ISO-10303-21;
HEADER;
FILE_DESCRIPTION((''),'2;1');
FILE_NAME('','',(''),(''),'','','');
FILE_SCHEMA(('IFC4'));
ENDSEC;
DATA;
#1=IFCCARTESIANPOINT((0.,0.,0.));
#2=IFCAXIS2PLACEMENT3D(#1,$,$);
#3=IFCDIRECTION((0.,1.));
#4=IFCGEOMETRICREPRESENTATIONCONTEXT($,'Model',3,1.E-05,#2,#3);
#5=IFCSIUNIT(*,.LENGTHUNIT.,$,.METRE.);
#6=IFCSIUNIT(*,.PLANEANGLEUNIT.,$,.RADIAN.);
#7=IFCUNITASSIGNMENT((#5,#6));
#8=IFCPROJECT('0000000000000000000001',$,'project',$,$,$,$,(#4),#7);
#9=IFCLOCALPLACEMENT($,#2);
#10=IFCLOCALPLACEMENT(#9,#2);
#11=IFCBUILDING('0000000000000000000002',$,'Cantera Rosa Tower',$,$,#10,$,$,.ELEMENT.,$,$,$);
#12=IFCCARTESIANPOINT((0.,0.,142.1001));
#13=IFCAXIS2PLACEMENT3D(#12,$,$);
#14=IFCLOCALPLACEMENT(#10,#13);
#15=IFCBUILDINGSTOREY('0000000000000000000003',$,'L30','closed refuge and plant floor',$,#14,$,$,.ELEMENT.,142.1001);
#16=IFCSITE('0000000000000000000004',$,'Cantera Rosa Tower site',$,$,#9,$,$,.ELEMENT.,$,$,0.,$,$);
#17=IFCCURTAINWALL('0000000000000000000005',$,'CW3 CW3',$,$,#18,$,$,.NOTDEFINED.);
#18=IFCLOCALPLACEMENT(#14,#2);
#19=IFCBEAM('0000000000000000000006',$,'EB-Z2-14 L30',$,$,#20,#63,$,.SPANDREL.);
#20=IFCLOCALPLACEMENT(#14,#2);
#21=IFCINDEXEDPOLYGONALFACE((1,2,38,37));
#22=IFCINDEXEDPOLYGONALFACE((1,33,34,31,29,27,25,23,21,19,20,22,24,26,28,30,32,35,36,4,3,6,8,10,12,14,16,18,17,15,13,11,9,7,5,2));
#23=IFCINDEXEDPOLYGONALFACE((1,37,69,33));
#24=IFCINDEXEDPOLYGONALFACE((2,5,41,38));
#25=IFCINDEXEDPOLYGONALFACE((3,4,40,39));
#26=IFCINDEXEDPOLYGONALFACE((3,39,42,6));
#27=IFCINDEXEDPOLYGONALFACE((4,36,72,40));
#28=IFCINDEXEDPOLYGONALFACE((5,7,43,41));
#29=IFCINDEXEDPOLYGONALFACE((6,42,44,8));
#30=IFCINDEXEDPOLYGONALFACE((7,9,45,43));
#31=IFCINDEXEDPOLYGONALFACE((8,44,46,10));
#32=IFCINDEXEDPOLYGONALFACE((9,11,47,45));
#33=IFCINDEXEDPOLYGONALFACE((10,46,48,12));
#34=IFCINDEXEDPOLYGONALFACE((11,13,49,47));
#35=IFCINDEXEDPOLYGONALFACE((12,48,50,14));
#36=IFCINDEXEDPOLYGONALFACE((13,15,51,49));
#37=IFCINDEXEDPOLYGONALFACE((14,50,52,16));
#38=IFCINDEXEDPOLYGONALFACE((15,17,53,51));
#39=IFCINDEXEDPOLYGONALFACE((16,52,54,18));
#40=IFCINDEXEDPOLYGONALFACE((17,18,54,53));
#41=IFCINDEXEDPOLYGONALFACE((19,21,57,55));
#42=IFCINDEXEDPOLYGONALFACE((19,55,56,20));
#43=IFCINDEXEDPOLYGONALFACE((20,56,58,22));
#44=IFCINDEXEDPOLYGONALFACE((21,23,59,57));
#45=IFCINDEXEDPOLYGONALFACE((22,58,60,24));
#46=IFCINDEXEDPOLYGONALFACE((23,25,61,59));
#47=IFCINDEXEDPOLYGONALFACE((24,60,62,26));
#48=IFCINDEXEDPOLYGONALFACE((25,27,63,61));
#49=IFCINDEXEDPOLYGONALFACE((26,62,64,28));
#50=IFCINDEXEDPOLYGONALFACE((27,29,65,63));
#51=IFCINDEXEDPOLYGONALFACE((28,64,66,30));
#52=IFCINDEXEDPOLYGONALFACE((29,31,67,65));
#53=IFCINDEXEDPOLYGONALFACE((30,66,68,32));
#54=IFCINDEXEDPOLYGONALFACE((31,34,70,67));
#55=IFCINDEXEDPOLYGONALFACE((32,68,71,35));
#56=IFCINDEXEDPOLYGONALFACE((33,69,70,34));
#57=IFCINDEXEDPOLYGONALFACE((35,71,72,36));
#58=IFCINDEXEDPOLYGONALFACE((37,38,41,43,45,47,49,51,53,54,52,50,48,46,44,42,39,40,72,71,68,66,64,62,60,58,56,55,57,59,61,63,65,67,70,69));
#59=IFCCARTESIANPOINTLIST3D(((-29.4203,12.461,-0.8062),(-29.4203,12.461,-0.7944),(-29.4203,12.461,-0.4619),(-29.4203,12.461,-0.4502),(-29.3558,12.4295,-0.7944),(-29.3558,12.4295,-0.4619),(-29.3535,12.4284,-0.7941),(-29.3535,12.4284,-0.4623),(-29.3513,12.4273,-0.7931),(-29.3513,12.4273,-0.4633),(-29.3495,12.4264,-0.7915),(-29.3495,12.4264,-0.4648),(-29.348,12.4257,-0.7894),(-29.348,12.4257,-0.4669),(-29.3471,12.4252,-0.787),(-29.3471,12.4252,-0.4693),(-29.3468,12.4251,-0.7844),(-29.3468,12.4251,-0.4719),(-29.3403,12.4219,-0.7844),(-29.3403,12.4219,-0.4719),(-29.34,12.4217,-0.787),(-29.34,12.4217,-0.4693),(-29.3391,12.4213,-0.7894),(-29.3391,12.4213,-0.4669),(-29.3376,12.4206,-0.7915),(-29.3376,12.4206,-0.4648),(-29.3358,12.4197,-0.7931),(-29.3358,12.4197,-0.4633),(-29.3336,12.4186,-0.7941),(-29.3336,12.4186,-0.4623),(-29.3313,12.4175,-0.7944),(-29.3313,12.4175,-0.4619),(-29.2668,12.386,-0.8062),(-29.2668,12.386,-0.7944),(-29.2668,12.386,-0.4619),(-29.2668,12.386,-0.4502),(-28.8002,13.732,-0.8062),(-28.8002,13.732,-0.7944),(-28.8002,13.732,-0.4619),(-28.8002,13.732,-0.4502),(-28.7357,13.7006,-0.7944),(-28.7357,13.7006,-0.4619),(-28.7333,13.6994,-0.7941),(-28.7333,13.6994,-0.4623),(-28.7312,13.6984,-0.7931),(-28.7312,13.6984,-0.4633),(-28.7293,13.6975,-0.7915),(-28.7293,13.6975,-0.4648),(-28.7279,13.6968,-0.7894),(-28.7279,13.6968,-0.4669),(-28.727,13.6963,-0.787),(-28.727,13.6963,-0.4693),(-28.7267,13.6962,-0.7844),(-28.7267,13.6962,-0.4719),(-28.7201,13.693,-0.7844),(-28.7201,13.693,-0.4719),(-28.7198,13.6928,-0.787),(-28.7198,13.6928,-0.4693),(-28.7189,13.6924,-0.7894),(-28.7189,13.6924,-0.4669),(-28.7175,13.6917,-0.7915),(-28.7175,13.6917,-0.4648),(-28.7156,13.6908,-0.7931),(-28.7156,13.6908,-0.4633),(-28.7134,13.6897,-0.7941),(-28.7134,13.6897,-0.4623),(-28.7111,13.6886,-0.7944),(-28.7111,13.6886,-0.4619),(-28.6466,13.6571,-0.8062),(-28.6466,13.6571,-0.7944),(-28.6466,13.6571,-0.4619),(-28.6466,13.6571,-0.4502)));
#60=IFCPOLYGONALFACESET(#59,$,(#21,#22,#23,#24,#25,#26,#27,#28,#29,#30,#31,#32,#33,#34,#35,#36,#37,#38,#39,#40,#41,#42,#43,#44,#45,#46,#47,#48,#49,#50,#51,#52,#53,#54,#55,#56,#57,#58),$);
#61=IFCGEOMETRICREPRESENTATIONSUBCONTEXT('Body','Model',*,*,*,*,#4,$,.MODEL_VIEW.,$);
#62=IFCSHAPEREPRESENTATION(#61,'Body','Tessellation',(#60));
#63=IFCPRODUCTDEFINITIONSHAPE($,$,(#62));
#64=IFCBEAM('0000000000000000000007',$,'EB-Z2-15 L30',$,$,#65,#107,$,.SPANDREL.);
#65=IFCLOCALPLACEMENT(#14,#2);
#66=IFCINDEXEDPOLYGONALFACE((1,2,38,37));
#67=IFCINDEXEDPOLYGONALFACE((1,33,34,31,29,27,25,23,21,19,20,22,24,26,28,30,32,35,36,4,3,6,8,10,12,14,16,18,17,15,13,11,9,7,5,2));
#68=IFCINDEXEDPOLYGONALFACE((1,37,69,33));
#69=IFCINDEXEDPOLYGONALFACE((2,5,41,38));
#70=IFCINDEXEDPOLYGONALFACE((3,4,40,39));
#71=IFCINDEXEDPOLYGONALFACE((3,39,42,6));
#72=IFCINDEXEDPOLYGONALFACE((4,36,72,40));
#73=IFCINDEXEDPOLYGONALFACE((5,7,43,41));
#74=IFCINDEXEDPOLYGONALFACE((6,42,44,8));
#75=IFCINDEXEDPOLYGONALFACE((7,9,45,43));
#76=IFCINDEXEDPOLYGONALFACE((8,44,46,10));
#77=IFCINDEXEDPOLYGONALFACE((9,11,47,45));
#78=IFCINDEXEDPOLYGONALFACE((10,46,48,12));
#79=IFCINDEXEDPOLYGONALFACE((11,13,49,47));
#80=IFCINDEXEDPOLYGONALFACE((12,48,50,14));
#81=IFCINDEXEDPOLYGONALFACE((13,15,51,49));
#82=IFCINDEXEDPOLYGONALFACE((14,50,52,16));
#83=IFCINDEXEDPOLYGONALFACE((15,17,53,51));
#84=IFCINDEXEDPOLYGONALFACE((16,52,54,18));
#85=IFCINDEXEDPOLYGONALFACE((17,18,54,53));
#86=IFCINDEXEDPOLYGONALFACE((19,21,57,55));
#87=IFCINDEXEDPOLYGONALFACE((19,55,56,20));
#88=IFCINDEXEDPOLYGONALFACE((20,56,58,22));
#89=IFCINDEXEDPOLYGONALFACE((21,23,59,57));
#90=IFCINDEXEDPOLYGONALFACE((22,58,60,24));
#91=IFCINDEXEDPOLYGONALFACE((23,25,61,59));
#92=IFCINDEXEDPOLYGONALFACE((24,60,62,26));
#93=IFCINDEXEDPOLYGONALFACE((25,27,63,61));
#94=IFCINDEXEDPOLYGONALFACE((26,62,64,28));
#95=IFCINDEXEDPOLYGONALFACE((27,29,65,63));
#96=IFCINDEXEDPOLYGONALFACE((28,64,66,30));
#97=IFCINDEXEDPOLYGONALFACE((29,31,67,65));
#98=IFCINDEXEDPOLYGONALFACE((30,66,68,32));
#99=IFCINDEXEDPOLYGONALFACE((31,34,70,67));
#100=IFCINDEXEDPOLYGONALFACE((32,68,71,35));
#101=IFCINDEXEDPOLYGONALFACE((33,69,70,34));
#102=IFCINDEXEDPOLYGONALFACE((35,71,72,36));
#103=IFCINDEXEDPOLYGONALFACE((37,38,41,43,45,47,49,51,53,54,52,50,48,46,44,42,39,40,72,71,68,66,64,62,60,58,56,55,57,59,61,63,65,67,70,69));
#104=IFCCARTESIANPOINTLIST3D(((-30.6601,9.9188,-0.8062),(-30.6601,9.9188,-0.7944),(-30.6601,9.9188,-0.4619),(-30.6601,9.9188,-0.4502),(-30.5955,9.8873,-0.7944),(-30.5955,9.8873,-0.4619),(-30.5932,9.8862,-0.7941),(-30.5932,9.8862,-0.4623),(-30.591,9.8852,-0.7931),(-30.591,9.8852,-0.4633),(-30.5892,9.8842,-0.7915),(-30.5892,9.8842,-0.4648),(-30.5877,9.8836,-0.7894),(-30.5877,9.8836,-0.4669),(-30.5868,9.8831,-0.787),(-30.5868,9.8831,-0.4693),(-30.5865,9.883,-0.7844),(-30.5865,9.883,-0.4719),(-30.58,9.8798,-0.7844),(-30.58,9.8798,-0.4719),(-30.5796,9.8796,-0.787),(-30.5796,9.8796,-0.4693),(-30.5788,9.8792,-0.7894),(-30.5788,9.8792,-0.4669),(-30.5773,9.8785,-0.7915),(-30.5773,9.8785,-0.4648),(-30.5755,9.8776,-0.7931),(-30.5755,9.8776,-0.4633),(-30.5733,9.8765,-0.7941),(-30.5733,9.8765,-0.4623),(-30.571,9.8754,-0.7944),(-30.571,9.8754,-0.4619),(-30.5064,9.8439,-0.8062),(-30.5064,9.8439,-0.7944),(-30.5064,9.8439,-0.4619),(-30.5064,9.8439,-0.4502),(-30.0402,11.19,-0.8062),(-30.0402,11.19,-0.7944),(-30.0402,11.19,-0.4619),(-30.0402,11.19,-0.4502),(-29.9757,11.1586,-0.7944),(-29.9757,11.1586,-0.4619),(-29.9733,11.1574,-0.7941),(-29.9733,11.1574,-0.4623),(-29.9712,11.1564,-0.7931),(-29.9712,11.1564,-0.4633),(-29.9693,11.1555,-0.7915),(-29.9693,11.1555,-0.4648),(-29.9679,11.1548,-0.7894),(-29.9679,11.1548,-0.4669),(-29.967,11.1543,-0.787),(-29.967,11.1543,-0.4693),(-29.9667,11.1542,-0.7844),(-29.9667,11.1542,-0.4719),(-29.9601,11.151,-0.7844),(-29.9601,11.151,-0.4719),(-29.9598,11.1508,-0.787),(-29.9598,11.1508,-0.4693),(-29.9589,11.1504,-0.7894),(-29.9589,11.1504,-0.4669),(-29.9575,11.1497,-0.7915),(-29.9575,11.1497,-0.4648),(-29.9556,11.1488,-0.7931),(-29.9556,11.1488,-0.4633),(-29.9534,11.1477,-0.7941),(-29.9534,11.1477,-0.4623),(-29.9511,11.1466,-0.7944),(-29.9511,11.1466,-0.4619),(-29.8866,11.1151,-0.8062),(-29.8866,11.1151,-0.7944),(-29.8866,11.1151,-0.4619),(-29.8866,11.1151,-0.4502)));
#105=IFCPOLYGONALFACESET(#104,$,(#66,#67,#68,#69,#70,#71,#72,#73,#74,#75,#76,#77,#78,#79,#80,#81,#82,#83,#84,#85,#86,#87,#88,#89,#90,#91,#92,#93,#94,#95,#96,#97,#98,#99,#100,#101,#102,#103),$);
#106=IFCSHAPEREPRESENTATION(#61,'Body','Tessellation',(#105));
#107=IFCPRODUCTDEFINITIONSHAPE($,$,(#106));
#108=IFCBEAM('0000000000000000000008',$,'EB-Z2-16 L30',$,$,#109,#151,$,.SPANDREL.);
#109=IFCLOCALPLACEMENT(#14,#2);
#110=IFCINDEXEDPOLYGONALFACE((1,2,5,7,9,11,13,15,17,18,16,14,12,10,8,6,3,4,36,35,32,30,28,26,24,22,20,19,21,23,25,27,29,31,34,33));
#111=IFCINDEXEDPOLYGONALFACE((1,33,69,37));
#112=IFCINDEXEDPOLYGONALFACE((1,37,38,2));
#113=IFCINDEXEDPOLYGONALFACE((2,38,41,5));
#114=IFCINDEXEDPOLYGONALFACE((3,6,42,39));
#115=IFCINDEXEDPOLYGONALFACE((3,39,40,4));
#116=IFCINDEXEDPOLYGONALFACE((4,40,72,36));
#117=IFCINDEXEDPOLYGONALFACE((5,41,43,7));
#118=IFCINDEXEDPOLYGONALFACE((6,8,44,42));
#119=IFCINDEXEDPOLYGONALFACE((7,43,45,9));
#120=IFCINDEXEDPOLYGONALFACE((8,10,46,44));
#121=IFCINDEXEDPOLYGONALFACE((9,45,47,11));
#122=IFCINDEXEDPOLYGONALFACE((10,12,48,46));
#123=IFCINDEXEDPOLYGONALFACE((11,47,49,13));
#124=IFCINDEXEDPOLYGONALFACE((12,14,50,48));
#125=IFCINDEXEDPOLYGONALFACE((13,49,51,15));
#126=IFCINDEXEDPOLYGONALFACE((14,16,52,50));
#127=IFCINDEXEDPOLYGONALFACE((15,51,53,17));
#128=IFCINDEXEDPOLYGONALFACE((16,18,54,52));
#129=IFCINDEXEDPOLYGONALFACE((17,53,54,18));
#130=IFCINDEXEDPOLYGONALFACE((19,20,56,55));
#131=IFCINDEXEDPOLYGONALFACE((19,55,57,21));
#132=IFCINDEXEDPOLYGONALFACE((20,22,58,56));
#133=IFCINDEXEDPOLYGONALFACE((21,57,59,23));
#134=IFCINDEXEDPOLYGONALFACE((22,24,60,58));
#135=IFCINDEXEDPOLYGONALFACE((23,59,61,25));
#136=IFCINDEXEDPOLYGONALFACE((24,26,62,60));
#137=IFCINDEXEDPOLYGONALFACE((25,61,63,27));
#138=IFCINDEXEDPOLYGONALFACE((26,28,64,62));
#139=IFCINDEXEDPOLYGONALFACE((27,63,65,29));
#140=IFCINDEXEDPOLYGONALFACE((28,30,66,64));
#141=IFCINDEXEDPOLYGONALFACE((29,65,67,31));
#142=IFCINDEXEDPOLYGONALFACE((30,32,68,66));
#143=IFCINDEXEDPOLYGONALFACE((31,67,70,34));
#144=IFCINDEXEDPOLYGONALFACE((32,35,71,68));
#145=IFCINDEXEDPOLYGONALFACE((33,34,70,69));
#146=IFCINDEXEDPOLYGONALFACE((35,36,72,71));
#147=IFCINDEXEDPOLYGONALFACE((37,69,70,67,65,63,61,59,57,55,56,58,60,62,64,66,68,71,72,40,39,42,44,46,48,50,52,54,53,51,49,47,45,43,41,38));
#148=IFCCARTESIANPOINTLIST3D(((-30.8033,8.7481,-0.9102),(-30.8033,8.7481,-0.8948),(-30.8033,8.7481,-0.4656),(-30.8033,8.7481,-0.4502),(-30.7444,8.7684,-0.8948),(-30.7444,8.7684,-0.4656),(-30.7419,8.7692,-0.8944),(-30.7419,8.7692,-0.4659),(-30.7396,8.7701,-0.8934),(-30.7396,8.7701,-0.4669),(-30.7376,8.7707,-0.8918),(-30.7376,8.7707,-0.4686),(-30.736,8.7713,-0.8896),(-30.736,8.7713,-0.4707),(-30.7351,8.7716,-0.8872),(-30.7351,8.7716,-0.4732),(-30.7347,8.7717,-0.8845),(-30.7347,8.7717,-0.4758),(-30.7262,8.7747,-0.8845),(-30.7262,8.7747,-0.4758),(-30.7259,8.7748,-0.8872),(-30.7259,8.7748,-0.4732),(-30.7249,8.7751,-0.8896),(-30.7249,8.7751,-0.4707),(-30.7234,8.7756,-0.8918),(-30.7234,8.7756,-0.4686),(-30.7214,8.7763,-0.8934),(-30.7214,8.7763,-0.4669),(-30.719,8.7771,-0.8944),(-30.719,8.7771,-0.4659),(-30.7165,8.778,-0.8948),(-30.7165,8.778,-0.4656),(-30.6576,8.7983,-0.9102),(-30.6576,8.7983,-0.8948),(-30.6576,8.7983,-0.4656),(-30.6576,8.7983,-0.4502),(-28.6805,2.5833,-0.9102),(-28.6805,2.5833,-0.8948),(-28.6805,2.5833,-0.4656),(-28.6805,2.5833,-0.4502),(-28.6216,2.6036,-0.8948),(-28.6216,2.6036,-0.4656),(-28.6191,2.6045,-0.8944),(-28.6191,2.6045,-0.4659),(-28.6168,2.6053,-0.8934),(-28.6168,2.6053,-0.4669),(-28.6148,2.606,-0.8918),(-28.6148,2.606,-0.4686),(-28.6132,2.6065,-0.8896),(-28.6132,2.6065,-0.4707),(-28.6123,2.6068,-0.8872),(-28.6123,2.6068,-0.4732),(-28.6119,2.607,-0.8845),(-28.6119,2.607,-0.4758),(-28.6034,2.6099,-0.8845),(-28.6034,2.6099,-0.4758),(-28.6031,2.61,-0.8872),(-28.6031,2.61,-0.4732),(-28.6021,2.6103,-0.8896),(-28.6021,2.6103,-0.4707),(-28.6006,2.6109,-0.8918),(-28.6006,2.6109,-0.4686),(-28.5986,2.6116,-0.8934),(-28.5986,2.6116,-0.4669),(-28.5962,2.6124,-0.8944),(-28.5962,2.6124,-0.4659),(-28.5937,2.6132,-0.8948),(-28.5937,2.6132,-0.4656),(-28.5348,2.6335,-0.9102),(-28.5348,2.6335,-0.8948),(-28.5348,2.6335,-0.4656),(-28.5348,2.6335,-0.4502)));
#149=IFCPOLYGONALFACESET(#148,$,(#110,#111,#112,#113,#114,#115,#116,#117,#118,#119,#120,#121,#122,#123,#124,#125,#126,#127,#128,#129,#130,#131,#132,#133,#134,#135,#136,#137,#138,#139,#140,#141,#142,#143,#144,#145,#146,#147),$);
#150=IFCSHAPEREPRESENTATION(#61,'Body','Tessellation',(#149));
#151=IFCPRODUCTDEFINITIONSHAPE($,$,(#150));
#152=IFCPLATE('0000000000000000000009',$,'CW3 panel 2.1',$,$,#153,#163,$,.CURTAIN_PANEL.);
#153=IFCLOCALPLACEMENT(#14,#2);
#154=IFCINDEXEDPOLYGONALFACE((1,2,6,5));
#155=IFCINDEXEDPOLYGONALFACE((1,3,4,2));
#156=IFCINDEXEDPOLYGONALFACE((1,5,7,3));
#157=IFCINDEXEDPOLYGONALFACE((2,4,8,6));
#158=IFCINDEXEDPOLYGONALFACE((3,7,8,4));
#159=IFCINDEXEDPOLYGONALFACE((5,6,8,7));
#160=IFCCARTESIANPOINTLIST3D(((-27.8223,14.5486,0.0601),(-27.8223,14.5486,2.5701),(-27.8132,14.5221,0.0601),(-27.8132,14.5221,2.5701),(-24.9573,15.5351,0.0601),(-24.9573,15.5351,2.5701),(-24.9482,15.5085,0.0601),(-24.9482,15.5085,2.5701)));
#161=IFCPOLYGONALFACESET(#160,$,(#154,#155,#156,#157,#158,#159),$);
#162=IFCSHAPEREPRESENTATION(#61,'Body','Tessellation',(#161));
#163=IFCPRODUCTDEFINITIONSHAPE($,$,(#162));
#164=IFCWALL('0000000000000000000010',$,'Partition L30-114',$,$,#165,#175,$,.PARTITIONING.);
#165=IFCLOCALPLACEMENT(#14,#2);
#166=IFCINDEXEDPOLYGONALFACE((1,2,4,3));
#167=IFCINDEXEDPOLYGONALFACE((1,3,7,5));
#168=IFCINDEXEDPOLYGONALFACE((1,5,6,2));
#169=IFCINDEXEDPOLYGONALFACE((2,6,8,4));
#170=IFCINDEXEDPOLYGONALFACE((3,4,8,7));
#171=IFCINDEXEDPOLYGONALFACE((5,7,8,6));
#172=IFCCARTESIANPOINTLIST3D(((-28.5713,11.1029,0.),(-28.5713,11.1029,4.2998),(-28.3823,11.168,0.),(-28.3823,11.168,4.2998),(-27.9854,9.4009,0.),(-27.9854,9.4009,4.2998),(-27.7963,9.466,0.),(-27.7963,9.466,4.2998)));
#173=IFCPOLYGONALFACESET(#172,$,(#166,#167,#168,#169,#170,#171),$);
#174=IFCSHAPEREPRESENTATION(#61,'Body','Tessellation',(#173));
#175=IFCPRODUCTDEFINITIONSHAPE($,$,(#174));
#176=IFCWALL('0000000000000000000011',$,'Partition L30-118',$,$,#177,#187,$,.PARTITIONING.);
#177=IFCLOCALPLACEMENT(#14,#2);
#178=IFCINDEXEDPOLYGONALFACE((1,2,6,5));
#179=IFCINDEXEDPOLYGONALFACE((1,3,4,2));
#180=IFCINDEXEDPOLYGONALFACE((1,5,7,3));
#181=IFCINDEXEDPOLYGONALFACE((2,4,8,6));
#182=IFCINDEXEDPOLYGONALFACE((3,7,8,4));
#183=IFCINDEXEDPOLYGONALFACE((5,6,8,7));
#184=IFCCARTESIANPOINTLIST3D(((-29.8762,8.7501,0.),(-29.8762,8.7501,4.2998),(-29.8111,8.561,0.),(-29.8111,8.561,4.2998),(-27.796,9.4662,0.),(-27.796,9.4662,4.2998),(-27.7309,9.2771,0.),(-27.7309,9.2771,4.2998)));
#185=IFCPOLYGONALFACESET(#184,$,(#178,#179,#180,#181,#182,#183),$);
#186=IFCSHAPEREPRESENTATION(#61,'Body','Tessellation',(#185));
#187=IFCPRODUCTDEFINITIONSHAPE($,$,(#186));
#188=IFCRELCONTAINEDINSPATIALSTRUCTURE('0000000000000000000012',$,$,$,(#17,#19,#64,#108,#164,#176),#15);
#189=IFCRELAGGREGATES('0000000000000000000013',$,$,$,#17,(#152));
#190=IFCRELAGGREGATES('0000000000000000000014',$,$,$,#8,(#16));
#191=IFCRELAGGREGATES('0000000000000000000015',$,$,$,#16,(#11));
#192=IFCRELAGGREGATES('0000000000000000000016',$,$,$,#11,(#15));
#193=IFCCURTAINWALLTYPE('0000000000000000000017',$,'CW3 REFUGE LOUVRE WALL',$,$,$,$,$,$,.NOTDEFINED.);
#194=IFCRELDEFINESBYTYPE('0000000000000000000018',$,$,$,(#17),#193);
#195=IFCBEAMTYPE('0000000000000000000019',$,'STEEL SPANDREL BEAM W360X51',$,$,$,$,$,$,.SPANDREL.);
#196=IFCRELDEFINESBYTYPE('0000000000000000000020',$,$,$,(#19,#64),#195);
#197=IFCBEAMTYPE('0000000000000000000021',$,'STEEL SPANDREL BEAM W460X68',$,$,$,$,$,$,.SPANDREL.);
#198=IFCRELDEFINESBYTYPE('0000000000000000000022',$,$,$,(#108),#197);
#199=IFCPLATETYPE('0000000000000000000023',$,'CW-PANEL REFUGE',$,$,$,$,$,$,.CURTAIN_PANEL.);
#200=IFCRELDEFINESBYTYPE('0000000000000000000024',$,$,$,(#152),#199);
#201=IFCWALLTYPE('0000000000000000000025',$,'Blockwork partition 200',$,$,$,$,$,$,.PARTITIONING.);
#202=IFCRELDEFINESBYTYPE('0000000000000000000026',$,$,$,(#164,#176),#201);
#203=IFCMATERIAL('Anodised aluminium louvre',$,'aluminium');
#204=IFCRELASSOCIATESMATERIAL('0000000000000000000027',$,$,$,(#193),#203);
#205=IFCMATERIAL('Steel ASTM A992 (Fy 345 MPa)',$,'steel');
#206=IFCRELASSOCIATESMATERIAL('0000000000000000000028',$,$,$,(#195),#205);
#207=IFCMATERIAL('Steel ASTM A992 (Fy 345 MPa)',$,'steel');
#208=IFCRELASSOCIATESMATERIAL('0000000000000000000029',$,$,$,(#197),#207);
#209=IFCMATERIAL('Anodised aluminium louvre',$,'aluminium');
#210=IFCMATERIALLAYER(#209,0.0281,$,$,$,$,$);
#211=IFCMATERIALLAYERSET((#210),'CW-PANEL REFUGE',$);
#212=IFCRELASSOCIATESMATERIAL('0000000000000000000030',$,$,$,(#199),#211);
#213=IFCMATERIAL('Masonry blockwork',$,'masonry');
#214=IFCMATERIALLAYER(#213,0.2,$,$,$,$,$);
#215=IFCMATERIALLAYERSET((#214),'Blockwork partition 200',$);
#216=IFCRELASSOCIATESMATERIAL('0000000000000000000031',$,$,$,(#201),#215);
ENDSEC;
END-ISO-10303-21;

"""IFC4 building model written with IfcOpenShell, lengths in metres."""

from ifc_helpers import new_model, si_unit, direction, frame, frame_2d, origin, origin_2d, place, context, subcontext, project, spatial, rectangle, i_section, extrude, material, layer, layer_set, material_profile, profile_set, type_object, element, aggregate, save


model = new_model("IFC4")

# Units and contexts
model_context = context("Model", 3, precision=1e-05, world=origin(), true_north=direction((0.0, 1.0)))
body_context = subcontext(model_context, "Body", "Model", "MODEL_VIEW")
ifc_project = project(units=[si_unit("LENGTHUNIT", "METRE"), si_unit("PLANEANGLEUNIT", "RADIAN")], contexts=[model_context])

# Site, building, storey
site_placement = place(None, origin())
site = spatial("IfcSite", under=ifc_project, at=site_placement, Name="Cantera Rosa Tower site", CompositionType="ELEMENT", RefElevation=0.0)
building_placement = place(site_placement, origin())
building = spatial("IfcBuilding", under=site, at=building_placement, Name="Cantera Rosa Tower", CompositionType="ELEMENT")
storey_placement = place(building_placement, frame((0.0, 0.0, 142.1001)))
storey = spatial("IfcBuildingStorey", under=building, at=storey_placement, Name="L30", Description="closed refuge and plant floor", CompositionType="ELEMENT", Elevation=142.1001)

# Curtain wall
ifc_material_1 = material(Name="Anodised aluminium louvre", Category="aluminium")
curtain_wall_type = type_object("IfcCurtainWallType", Name="CW3 REFUGE LOUVRE WALL", PredefinedType="NOTDEFINED", material=ifc_material_1)
curtain_wall_1_placement = place(storey_placement, origin())
curtain_wall_1 = element("IfcCurtainWall", 1, at=curtain_wall_1_placement, inside=storey, type_object=curtain_wall_type, Name="CW3 CW3", PredefinedType="NOTDEFINED")

# Beams
ifc_material_2 = material(Name="Steel ASTM A992 (Fy 345 MPa)", Category="steel")
ifc_material_profile_1 = material_profile(ifc_material_2, i_section(OverallWidth=0.1709, OverallDepth=0.356, WebThickness=0.0073, FlangeThickness=0.0117, FilletRadius=0.01, at=origin_2d()), Name="W360X51")
ifc_profile_set_1 = profile_set([ifc_material_profile_1], Name="Steel ASTM A992 (Fy 345 MPa)")
beam_type_1 = type_object("IfcBeamType", Name="STEEL SPANDREL BEAM W360X51", PredefinedType="SPANDREL", material=ifc_profile_set_1)
for number, where, z_axis, x_axis, name in (
    (2, (-28.7234, 13.6946, -0.6282), (-0.438492, -0.898735, 0.0), (0.898735, -0.438492, 0.0), "EB-Z2-14 L30"),
    (3, (-29.9634, 11.1526, -0.6282), (-0.438284, -0.898836, 0.0), (0.898836, -0.438284, 0.0), "EB-Z2-15 L30"),
):
    element("IfcBeam", number, at=place(storey_placement, frame(where, z_axis=z_axis, x_axis=x_axis)), inside=storey, type_object=beam_type_1, Name=name, PredefinedType="SPANDREL", context=body_context, shape_type="SweptSolid", body=[
        extrude(i_section(OverallWidth=0.1709, OverallDepth=0.356, WebThickness=0.0073, FlangeThickness=0.0117, FilletRadius=0.01, at=origin_2d()), origin(), (0.0, 0.0, 1.0), 1.4143),
    ])
ifc_material_3 = material(Name="Steel ASTM A992 (Fy 345 MPa)", Category="steel")
ifc_material_profile_2 = material_profile(ifc_material_3, i_section(OverallWidth=0.1541, OverallDepth=0.46, WebThickness=0.009, FlangeThickness=0.0154, FilletRadius=0.0103, at=origin_2d()), Name="W460X68")
ifc_profile_set_2 = profile_set([ifc_material_profile_2], Name="Steel ASTM A992 (Fy 345 MPa)")
beam_type_2 = type_object("IfcBeamType", Name="STEEL SPANDREL BEAM W460X68", PredefinedType="SPANDREL", material=ifc_profile_set_2)
beam_1_placement = place(storey_placement, frame((-30.7305, 8.7732, -0.6802), z_axis=(0.325581, -0.945514, 0.0), x_axis=(0.945514, 0.325581, 0.0)))
element("IfcBeam", 4, at=beam_1_placement, inside=storey, type_object=beam_type_2, Name="EB-Z2-16 L30", PredefinedType="SPANDREL", context=body_context, shape_type="SweptSolid", body=[
    extrude(i_section(OverallWidth=0.1541, OverallDepth=0.46, WebThickness=0.009, FlangeThickness=0.0154, FilletRadius=0.0103, at=origin_2d()), origin(), (0.0, 0.0, 1.0), 6.52),
])

# Plate
ifc_material_4 = material(Name="Anodised aluminium louvre", Category="aluminium")
ifc_layer_1 = layer(ifc_material_4, 0.0281)
ifc_layer_set_1 = layer_set([ifc_layer_1], Name="CW-PANEL REFUGE")
plate_type = type_object("IfcPlateType", Name="CW-PANEL REFUGE", PredefinedType="CURTAIN_PANEL", material=ifc_layer_set_1)
plate_placement = place(storey_placement, frame((-26.3853, 15.0286, 0.0601), z_axis=(0.0, 0.0, 1.0), x_axis=(-0.945519, -0.325568, 0.0)))
plate = element("IfcPlate", 5, at=plate_placement, type_object=plate_type, Name="CW3 panel 2.1", PredefinedType="CURTAIN_PANEL", context=body_context, shape_type="SweptSolid", body=[
    extrude(rectangle(XDim=3.03, YDim=0.0281, at=origin_2d()), origin(), (0.0, 0.0, 1.0), 2.51),
])
aggregate(curtain_wall_1, [plate])

# Walls
ifc_material_5 = material(Name="Masonry blockwork", Category="masonry")
ifc_layer_2 = layer(ifc_material_5, 0.2)
ifc_layer_set_2 = layer_set([ifc_layer_2], Name="Blockwork partition 200")
wall_type_1 = type_object("IfcWallType", Name="Blockwork partition 200", PredefinedType="PARTITIONING", material=ifc_layer_set_2)
wall_1_placement = place(storey_placement, frame((-27.8909, 9.4336, 0.0), z_axis=(0.0, 0.0, 1.0), x_axis=(-0.325531, 0.945531, 0.0)))
element("IfcWall", 6, at=wall_1_placement, inside=storey, type_object=wall_type_1, Name="Partition L30-114", PredefinedType="PARTITIONING", context=body_context, shape_type="SweptSolid", body=[
    extrude(rectangle(XDim=1.8, YDim=0.2, at=frame_2d((0.8999, 0.0))), origin(), (0.0, 0.0, 1.0), 4.2998),
])
wall_2_placement = place(storey_placement, frame((-29.8438, 8.6555, 0.0), z_axis=(0.0, 0.0, 1.0), x_axis=(0.945542, 0.325502, 0.0)))
element("IfcWall", 7, at=wall_2_placement, inside=storey, type_object=wall_type_1, Name="Partition L30-118", PredefinedType="PARTITIONING", context=body_context, shape_type="SweptSolid", body=[
    extrude(rectangle(XDim=2.2, YDim=0.2, at=frame_2d((1.1001, 0.0))), origin(), (0.0, 0.0, 1.0), 4.2998),
])

save(model, "model.ifc")
